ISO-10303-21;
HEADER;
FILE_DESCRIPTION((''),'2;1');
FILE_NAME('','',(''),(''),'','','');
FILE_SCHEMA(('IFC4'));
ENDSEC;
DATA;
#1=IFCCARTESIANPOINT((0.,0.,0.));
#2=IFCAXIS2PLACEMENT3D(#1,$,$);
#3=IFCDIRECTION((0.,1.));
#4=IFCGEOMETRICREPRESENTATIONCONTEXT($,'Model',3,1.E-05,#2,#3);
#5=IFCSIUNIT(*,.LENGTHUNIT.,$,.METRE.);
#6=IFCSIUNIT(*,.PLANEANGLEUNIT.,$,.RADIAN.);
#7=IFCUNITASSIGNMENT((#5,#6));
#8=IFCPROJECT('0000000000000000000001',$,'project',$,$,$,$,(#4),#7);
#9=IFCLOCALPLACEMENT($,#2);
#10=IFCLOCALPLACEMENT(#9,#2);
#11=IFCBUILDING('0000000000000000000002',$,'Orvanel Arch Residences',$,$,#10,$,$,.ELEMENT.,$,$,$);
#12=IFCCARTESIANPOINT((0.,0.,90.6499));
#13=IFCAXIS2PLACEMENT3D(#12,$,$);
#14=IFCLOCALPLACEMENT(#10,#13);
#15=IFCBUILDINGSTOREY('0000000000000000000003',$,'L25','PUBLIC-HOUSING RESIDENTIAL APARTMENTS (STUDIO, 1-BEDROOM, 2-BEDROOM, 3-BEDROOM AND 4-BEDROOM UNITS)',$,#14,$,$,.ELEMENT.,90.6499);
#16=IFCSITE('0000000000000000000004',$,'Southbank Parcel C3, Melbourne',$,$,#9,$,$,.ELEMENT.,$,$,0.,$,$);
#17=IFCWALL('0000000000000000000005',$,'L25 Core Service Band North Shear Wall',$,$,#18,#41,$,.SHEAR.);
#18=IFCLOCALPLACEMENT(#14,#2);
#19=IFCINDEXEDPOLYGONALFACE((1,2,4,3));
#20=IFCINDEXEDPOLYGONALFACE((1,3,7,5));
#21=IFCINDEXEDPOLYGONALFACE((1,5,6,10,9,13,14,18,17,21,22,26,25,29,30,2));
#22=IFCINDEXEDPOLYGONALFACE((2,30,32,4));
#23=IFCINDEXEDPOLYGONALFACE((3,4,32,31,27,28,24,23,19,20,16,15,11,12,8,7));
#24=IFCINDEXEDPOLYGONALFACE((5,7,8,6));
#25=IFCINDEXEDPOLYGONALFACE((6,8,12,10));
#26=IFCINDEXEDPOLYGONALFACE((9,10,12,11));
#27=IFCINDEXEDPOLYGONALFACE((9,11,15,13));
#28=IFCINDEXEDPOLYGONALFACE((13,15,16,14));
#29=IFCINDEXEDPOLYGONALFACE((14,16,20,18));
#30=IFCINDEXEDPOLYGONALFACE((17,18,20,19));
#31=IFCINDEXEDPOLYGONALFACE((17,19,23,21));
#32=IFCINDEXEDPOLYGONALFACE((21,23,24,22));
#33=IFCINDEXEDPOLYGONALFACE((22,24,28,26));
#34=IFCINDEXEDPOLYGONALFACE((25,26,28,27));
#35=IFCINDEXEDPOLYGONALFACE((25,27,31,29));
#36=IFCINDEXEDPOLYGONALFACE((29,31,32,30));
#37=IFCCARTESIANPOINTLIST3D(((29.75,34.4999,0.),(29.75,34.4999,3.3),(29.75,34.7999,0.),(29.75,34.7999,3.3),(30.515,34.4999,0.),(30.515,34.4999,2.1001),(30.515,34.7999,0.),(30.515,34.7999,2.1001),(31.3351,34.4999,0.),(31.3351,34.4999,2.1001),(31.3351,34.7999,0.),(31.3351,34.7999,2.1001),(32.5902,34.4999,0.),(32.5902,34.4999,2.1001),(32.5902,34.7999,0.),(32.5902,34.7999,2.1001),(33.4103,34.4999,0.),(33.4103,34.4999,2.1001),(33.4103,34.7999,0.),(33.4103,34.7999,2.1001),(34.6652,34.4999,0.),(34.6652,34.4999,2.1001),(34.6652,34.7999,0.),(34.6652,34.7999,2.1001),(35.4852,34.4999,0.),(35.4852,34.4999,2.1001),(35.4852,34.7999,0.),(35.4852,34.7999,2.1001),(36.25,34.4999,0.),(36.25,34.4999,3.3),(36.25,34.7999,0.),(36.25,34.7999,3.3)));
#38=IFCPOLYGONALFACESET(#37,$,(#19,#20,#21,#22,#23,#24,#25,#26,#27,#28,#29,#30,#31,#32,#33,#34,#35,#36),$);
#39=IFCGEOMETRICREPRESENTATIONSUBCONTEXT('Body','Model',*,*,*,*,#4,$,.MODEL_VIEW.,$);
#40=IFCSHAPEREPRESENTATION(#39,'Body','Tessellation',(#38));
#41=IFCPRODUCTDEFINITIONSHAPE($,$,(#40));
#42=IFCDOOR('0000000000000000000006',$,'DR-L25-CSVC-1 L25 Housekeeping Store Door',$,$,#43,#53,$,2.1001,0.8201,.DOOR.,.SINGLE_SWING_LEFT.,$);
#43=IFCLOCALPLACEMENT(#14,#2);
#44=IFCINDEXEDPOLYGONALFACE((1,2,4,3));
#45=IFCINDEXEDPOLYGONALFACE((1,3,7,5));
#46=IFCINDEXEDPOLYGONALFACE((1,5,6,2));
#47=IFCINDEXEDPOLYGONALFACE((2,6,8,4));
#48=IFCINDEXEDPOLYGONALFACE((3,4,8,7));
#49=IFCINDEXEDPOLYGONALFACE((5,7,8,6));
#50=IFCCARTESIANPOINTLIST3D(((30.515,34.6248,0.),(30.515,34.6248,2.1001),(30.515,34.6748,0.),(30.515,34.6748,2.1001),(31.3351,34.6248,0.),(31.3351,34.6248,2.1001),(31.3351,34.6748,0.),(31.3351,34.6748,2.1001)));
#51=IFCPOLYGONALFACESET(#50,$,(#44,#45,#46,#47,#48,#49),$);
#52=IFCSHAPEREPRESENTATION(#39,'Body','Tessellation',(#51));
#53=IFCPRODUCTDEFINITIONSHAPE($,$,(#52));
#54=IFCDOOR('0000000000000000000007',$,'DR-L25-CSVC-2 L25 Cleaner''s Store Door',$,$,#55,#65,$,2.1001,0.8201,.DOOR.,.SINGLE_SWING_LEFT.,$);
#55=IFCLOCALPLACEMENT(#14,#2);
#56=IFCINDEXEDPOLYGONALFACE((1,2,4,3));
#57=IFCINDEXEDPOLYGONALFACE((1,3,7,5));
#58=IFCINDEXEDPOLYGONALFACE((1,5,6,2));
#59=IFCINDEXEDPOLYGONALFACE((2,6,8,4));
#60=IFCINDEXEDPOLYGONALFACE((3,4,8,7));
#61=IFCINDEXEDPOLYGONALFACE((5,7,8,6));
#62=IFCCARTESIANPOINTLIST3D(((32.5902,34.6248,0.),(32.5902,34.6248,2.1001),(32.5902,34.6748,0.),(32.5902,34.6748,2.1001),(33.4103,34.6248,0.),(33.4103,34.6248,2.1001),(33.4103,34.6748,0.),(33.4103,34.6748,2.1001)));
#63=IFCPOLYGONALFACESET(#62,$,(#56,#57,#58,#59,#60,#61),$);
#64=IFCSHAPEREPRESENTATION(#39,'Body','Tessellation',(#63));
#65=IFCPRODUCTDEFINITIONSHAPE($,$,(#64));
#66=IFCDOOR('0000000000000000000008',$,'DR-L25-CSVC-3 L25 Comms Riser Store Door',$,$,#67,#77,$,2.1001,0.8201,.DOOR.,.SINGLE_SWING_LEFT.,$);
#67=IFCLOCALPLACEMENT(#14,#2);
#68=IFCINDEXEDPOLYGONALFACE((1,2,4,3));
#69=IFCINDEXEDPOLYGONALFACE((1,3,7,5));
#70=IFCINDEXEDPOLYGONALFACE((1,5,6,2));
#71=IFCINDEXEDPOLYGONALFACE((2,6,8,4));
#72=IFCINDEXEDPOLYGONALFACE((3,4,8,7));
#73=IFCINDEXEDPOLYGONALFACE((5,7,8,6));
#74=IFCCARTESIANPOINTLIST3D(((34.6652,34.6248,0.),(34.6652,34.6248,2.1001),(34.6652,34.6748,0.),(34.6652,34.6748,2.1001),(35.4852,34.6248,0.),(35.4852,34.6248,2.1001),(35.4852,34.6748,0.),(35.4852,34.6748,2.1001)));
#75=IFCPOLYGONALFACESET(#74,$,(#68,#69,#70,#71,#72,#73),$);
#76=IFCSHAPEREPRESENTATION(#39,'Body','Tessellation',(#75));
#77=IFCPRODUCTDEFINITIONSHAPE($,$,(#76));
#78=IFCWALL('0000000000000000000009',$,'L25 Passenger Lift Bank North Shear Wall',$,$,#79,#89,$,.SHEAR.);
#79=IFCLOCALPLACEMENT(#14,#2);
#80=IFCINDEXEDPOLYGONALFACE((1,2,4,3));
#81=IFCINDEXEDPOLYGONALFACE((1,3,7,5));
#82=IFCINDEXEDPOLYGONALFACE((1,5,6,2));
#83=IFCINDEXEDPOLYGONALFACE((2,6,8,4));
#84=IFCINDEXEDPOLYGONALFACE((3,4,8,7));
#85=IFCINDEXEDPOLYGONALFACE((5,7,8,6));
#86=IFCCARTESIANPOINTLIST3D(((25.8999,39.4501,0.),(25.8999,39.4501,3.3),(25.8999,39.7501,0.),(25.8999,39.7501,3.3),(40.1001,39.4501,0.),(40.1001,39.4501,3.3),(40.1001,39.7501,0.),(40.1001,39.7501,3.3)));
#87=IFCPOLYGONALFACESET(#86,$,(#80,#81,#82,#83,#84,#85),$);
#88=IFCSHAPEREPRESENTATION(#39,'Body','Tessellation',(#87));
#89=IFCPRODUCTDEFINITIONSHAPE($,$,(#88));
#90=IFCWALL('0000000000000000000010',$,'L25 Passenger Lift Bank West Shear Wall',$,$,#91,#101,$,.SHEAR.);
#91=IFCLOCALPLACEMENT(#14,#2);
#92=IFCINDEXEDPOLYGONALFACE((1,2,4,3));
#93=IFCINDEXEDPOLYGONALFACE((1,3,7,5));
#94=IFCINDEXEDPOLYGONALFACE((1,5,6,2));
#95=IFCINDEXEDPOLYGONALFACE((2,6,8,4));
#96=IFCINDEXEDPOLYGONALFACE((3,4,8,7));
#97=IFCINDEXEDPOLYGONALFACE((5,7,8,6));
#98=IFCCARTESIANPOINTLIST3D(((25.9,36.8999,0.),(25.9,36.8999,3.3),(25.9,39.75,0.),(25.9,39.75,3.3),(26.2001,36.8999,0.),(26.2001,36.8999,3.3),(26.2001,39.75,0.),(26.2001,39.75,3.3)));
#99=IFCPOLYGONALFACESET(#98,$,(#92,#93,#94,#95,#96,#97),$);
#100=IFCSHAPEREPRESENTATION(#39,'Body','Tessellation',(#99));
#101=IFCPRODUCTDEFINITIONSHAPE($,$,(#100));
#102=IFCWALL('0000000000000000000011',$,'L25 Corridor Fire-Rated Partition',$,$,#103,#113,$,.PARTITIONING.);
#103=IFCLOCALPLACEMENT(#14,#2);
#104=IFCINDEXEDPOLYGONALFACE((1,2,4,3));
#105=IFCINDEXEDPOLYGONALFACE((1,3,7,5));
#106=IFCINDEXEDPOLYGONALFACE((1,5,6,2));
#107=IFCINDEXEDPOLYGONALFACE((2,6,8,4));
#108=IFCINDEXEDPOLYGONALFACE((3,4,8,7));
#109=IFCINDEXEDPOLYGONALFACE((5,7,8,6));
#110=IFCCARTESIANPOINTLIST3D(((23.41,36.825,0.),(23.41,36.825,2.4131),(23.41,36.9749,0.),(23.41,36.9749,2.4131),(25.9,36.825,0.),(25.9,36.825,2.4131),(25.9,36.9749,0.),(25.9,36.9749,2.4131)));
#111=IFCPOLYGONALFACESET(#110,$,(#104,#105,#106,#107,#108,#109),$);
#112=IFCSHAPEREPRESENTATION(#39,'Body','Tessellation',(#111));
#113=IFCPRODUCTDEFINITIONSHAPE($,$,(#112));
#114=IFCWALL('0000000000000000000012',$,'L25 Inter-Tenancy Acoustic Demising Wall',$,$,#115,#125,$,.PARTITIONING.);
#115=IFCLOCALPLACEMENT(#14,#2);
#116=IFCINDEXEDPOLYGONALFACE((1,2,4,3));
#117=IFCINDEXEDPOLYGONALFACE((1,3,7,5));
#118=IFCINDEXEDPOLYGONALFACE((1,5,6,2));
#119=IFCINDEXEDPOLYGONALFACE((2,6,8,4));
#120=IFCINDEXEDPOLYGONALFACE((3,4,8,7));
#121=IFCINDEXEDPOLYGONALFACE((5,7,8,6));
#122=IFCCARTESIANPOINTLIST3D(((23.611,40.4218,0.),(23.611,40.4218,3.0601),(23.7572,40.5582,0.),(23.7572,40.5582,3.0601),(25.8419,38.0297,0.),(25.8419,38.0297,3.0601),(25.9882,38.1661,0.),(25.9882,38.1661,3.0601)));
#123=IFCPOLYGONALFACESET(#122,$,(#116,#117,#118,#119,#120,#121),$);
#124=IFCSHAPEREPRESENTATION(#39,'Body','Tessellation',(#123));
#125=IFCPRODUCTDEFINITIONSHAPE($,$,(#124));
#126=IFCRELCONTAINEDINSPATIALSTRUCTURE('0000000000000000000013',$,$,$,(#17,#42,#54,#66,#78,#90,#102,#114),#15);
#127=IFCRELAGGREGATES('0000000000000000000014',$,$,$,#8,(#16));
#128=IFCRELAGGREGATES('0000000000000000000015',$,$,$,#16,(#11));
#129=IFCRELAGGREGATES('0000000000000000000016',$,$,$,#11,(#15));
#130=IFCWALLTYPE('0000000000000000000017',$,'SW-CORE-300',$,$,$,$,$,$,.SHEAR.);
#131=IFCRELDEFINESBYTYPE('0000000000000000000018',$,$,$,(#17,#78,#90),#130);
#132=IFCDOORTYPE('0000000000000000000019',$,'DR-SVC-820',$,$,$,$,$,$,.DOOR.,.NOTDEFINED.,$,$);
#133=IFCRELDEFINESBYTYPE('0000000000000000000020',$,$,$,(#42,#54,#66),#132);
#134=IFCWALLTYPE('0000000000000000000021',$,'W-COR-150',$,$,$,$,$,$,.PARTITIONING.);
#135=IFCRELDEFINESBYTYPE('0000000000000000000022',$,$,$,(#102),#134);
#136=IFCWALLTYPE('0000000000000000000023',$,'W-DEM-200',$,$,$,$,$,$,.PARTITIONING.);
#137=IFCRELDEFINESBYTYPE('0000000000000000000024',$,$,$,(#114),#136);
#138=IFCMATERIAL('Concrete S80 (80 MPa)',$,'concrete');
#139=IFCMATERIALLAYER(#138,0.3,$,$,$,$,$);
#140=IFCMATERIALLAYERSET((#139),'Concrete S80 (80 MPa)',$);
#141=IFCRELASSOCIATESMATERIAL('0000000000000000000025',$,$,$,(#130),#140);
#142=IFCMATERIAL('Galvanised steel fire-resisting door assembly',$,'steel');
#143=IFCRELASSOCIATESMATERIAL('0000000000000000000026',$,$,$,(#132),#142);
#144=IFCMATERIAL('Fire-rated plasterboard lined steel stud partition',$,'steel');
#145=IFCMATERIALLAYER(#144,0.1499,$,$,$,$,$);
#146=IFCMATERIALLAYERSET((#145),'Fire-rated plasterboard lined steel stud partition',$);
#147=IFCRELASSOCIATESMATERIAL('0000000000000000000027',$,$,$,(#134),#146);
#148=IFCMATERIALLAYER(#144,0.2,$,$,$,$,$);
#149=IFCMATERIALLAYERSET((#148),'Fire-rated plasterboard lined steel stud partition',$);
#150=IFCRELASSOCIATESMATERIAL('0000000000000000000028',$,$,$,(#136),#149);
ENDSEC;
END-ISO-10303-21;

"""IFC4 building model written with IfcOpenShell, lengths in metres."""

from ifc_helpers import new_model, si_unit, direction, frame, frame_2d, origin, place, context, subcontext, project, spatial, rectangle, extrude, material, layer, layer_set, type_object, element, fill, save


model = new_model("IFC4")

# Units and contexts
model_context = context("Model", 3, precision=1e-05, world=origin(), true_north=direction((0.0, 1.0)))
body_context = subcontext(model_context, "Body", "Model", "MODEL_VIEW")
ifc_project = project(units=[si_unit("LENGTHUNIT", "METRE"), si_unit("PLANEANGLEUNIT", "RADIAN")], contexts=[model_context])

# Site, building, storey
site_placement = place(None, origin())
site = spatial("IfcSite", under=ifc_project, at=site_placement, Name="Southbank Parcel C3, Melbourne", CompositionType="ELEMENT", RefElevation=0.0)
building_placement = place(site_placement, origin())
building = spatial("IfcBuilding", under=site, at=building_placement, Name="Orvanel Arch Residences", CompositionType="ELEMENT")
storey_placement = place(building_placement, frame((0.0, 0.0, 90.6499)))
storey = spatial("IfcBuildingStorey", under=building, at=storey_placement, Name="L25", Description="PUBLIC-HOUSING RESIDENTIAL APARTMENTS (STUDIO, 1-BEDROOM, 2-BEDROOM, 3-BEDROOM AND 4-BEDROOM UNITS)", CompositionType="ELEMENT", Elevation=90.6499)

# Wall, openings, doors
ifc_material_1 = material(Name="Concrete S80 (80 MPa)", Category="concrete")
ifc_layer_1 = layer(ifc_material_1, 0.3)
ifc_layer_set_1 = layer_set([ifc_layer_1], Name="Concrete S80 (80 MPa)")
wall_type_1 = type_object("IfcWallType", Name="SW-CORE-300", PredefinedType="SHEAR", material=ifc_layer_set_1)
wall_1_placement = place(storey_placement, frame((29.75, 34.6499, 0.0), z_axis=(0.0, 0.0, 1.0), x_axis=(1.0, 0.0, 0.0)))
wall_1 = element("IfcWall", 1, at=wall_1_placement, inside=storey, type_object=wall_type_1, Name="L25 Core Service Band North Shear Wall", PredefinedType="SHEAR", context=body_context, shape_type="SweptSolid", body=[
    extrude(rectangle(XDim=6.5, YDim=0.3, at=frame_2d((3.25, 0.0))), origin(), (0.0, 0.0, 1.0), 3.3),
])
opening_1_placement = place(wall_1_placement, frame((0.7649, 0.0, 0.0)))
opening_1 = element("IfcOpeningElement", 2, at=opening_1_placement, cuts=wall_1, PredefinedType="OPENING", context=body_context, shape_type="SweptSolid", body=[
    extrude(rectangle(XDim=0.8201, YDim=2.1001, at=frame_2d((0.4102, 1.05))), frame((0.0, 0.1599, 0.0), z_axis=(0.0, -1.0, 0.0), x_axis=(1.0, 0.0, 0.0)), (0.0, 0.0, 1.0), 0.3201),
])
opening_2_placement = place(wall_1_placement, frame((2.8401, 0.0, 0.0)))
opening_2 = element("IfcOpeningElement", 3, at=opening_2_placement, cuts=wall_1, PredefinedType="OPENING", context=body_context, shape_type="SweptSolid", body=[
    extrude(rectangle(XDim=0.8201, YDim=2.1001, at=frame_2d((0.4102, 1.05))), frame((0.0, 0.1599, 0.0), z_axis=(0.0, -1.0, 0.0), x_axis=(1.0, 0.0, 0.0)), (0.0, 0.0, 1.0), 0.3201),
])
opening_3_placement = place(wall_1_placement, frame((4.915, 0.0, 0.0)))
opening_3 = element("IfcOpeningElement", 4, at=opening_3_placement, cuts=wall_1, PredefinedType="OPENING", context=body_context, shape_type="SweptSolid", body=[
    extrude(rectangle(XDim=0.8201, YDim=2.1001, at=frame_2d((0.4102, 1.05))), frame((0.0, 0.1599, 0.0), z_axis=(0.0, -1.0, 0.0), x_axis=(1.0, 0.0, 0.0)), (0.0, 0.0, 1.0), 0.3201),
])
ifc_material_2 = material(Name="Galvanised steel fire-resisting door assembly", Category="steel")
door_type_1 = type_object("IfcDoorType", Name="DR-SVC-820", OperationType="NOTDEFINED", PredefinedType="DOOR", material=ifc_material_2)
door_1_placement = place(opening_1_placement, origin())
door_1 = element("IfcDoor", 5, at=door_1_placement, inside=storey, type_object=door_type_1, Name="DR-L25-CSVC-1 L25 Housekeeping Store Door", OperationType="SINGLE_SWING_LEFT", OverallHeight=2.1001, OverallWidth=0.8201, PredefinedType="DOOR", context=body_context, shape_type="SweptSolid", body=[
    extrude(rectangle(XDim=0.8201, YDim=2.1001, at=frame_2d((0.4102, 1.05))), frame((0.0, 0.0249, 0.0), z_axis=(0.0, -1.0, 0.0), x_axis=(1.0, 0.0, 0.0)), (0.0, 0.0, 1.0), 0.05),
])
fill(opening_1, door_1)
door_2_placement = place(opening_2_placement, origin())
door_2 = element("IfcDoor", 6, at=door_2_placement, inside=storey, type_object=door_type_1, Name="DR-L25-CSVC-2 L25 Cleaner's Store Door", OperationType="SINGLE_SWING_LEFT", OverallHeight=2.1001, OverallWidth=0.8201, PredefinedType="DOOR", context=body_context, shape_type="SweptSolid", body=[
    extrude(rectangle(XDim=0.8201, YDim=2.1001, at=frame_2d((0.4102, 1.05))), frame((0.0, 0.0249, 0.0), z_axis=(0.0, -1.0, 0.0), x_axis=(1.0, 0.0, 0.0)), (0.0, 0.0, 1.0), 0.05),
])
fill(opening_2, door_2)
door_3_placement = place(opening_3_placement, origin())
door_3 = element("IfcDoor", 7, at=door_3_placement, inside=storey, type_object=door_type_1, Name="DR-L25-CSVC-3 L25 Comms Riser Store Door", OperationType="SINGLE_SWING_LEFT", OverallHeight=2.1001, OverallWidth=0.8201, PredefinedType="DOOR", context=body_context, shape_type="SweptSolid", body=[
    extrude(rectangle(XDim=0.8201, YDim=2.1001, at=frame_2d((0.4102, 1.05))), frame((0.0, 0.0249, 0.0), z_axis=(0.0, -1.0, 0.0), x_axis=(1.0, 0.0, 0.0)), (0.0, 0.0, 1.0), 0.05),
])
fill(opening_3, door_3)

# Walls
wall_2_placement = place(storey_placement, frame((25.8999, 39.6001, 0.0), z_axis=(0.0, 0.0, 1.0), x_axis=(1.0, 0.0, 0.0)))
element("IfcWall", 8, at=wall_2_placement, inside=storey, type_object=wall_type_1, Name="L25 Passenger Lift Bank North Shear Wall", PredefinedType="SHEAR", context=body_context, shape_type="SweptSolid", body=[
    extrude(rectangle(XDim=14.2002, YDim=0.3, at=frame_2d((7.1001, 0.0))), origin(), (0.0, 0.0, 1.0), 3.3),
])
wall_3_placement = place(storey_placement, frame((26.05, 36.8999, 0.0), z_axis=(0.0, 0.0, 1.0), x_axis=(0.0, 1.0, 0.0)))
element("IfcWall", 9, at=wall_3_placement, inside=storey, type_object=wall_type_1, Name="L25 Passenger Lift Bank West Shear Wall", PredefinedType="SHEAR", context=body_context, shape_type="SweptSolid", body=[
    extrude(rectangle(XDim=2.8501, YDim=0.3, at=frame_2d((1.425, 0.0))), origin(), (0.0, 0.0, 1.0), 3.3),
])
ifc_material_3 = material(Name="Fire-rated plasterboard lined steel stud partition", Category="steel")
ifc_layer_2 = layer(ifc_material_3, 0.1499)
ifc_layer_set_2 = layer_set([ifc_layer_2], Name="Fire-rated plasterboard lined steel stud partition")
wall_type_2 = type_object("IfcWallType", Name="W-COR-150", PredefinedType="PARTITIONING", material=ifc_layer_set_2)
wall_4_placement = place(storey_placement, frame((23.4099, 36.8999, 0.0), z_axis=(0.0, 0.0, 1.0), x_axis=(1.0, 0.0, 0.0)))
element("IfcWall", 10, at=wall_4_placement, inside=storey, type_object=wall_type_2, Name="L25 Corridor Fire-Rated Partition", PredefinedType="PARTITIONING", context=body_context, shape_type="SweptSolid", body=[
    extrude(rectangle(XDim=2.49, YDim=0.1499, at=frame_2d((1.2451, 0.0))), origin(), (0.0, 0.0, 1.0), 2.4131),
])
ifc_layer_3 = layer(ifc_material_3, 0.2)
ifc_layer_set_3 = layer_set([ifc_layer_3], Name="Fire-rated plasterboard lined steel stud partition")
wall_type_3 = type_object("IfcWallType", Name="W-DEM-200", PredefinedType="PARTITIONING", material=ifc_layer_set_3)
wall_5_placement = place(storey_placement, frame((25.915, 38.0979, 0.0), z_axis=(0.0, 0.0, 1.0), x_axis=(-0.682047, 0.731308, 0.0)))
element("IfcWall", 11, at=wall_5_placement, inside=storey, type_object=wall_type_3, Name="L25 Inter-Tenancy Acoustic Demising Wall", PredefinedType="PARTITIONING", context=body_context, shape_type="SweptSolid", body=[
    extrude(rectangle(XDim=3.271, YDim=0.2, at=frame_2d((1.6355, 0.0))), origin(), (0.0, 0.0, 1.0), 3.0601),
])

save(model, "model.ifc")
